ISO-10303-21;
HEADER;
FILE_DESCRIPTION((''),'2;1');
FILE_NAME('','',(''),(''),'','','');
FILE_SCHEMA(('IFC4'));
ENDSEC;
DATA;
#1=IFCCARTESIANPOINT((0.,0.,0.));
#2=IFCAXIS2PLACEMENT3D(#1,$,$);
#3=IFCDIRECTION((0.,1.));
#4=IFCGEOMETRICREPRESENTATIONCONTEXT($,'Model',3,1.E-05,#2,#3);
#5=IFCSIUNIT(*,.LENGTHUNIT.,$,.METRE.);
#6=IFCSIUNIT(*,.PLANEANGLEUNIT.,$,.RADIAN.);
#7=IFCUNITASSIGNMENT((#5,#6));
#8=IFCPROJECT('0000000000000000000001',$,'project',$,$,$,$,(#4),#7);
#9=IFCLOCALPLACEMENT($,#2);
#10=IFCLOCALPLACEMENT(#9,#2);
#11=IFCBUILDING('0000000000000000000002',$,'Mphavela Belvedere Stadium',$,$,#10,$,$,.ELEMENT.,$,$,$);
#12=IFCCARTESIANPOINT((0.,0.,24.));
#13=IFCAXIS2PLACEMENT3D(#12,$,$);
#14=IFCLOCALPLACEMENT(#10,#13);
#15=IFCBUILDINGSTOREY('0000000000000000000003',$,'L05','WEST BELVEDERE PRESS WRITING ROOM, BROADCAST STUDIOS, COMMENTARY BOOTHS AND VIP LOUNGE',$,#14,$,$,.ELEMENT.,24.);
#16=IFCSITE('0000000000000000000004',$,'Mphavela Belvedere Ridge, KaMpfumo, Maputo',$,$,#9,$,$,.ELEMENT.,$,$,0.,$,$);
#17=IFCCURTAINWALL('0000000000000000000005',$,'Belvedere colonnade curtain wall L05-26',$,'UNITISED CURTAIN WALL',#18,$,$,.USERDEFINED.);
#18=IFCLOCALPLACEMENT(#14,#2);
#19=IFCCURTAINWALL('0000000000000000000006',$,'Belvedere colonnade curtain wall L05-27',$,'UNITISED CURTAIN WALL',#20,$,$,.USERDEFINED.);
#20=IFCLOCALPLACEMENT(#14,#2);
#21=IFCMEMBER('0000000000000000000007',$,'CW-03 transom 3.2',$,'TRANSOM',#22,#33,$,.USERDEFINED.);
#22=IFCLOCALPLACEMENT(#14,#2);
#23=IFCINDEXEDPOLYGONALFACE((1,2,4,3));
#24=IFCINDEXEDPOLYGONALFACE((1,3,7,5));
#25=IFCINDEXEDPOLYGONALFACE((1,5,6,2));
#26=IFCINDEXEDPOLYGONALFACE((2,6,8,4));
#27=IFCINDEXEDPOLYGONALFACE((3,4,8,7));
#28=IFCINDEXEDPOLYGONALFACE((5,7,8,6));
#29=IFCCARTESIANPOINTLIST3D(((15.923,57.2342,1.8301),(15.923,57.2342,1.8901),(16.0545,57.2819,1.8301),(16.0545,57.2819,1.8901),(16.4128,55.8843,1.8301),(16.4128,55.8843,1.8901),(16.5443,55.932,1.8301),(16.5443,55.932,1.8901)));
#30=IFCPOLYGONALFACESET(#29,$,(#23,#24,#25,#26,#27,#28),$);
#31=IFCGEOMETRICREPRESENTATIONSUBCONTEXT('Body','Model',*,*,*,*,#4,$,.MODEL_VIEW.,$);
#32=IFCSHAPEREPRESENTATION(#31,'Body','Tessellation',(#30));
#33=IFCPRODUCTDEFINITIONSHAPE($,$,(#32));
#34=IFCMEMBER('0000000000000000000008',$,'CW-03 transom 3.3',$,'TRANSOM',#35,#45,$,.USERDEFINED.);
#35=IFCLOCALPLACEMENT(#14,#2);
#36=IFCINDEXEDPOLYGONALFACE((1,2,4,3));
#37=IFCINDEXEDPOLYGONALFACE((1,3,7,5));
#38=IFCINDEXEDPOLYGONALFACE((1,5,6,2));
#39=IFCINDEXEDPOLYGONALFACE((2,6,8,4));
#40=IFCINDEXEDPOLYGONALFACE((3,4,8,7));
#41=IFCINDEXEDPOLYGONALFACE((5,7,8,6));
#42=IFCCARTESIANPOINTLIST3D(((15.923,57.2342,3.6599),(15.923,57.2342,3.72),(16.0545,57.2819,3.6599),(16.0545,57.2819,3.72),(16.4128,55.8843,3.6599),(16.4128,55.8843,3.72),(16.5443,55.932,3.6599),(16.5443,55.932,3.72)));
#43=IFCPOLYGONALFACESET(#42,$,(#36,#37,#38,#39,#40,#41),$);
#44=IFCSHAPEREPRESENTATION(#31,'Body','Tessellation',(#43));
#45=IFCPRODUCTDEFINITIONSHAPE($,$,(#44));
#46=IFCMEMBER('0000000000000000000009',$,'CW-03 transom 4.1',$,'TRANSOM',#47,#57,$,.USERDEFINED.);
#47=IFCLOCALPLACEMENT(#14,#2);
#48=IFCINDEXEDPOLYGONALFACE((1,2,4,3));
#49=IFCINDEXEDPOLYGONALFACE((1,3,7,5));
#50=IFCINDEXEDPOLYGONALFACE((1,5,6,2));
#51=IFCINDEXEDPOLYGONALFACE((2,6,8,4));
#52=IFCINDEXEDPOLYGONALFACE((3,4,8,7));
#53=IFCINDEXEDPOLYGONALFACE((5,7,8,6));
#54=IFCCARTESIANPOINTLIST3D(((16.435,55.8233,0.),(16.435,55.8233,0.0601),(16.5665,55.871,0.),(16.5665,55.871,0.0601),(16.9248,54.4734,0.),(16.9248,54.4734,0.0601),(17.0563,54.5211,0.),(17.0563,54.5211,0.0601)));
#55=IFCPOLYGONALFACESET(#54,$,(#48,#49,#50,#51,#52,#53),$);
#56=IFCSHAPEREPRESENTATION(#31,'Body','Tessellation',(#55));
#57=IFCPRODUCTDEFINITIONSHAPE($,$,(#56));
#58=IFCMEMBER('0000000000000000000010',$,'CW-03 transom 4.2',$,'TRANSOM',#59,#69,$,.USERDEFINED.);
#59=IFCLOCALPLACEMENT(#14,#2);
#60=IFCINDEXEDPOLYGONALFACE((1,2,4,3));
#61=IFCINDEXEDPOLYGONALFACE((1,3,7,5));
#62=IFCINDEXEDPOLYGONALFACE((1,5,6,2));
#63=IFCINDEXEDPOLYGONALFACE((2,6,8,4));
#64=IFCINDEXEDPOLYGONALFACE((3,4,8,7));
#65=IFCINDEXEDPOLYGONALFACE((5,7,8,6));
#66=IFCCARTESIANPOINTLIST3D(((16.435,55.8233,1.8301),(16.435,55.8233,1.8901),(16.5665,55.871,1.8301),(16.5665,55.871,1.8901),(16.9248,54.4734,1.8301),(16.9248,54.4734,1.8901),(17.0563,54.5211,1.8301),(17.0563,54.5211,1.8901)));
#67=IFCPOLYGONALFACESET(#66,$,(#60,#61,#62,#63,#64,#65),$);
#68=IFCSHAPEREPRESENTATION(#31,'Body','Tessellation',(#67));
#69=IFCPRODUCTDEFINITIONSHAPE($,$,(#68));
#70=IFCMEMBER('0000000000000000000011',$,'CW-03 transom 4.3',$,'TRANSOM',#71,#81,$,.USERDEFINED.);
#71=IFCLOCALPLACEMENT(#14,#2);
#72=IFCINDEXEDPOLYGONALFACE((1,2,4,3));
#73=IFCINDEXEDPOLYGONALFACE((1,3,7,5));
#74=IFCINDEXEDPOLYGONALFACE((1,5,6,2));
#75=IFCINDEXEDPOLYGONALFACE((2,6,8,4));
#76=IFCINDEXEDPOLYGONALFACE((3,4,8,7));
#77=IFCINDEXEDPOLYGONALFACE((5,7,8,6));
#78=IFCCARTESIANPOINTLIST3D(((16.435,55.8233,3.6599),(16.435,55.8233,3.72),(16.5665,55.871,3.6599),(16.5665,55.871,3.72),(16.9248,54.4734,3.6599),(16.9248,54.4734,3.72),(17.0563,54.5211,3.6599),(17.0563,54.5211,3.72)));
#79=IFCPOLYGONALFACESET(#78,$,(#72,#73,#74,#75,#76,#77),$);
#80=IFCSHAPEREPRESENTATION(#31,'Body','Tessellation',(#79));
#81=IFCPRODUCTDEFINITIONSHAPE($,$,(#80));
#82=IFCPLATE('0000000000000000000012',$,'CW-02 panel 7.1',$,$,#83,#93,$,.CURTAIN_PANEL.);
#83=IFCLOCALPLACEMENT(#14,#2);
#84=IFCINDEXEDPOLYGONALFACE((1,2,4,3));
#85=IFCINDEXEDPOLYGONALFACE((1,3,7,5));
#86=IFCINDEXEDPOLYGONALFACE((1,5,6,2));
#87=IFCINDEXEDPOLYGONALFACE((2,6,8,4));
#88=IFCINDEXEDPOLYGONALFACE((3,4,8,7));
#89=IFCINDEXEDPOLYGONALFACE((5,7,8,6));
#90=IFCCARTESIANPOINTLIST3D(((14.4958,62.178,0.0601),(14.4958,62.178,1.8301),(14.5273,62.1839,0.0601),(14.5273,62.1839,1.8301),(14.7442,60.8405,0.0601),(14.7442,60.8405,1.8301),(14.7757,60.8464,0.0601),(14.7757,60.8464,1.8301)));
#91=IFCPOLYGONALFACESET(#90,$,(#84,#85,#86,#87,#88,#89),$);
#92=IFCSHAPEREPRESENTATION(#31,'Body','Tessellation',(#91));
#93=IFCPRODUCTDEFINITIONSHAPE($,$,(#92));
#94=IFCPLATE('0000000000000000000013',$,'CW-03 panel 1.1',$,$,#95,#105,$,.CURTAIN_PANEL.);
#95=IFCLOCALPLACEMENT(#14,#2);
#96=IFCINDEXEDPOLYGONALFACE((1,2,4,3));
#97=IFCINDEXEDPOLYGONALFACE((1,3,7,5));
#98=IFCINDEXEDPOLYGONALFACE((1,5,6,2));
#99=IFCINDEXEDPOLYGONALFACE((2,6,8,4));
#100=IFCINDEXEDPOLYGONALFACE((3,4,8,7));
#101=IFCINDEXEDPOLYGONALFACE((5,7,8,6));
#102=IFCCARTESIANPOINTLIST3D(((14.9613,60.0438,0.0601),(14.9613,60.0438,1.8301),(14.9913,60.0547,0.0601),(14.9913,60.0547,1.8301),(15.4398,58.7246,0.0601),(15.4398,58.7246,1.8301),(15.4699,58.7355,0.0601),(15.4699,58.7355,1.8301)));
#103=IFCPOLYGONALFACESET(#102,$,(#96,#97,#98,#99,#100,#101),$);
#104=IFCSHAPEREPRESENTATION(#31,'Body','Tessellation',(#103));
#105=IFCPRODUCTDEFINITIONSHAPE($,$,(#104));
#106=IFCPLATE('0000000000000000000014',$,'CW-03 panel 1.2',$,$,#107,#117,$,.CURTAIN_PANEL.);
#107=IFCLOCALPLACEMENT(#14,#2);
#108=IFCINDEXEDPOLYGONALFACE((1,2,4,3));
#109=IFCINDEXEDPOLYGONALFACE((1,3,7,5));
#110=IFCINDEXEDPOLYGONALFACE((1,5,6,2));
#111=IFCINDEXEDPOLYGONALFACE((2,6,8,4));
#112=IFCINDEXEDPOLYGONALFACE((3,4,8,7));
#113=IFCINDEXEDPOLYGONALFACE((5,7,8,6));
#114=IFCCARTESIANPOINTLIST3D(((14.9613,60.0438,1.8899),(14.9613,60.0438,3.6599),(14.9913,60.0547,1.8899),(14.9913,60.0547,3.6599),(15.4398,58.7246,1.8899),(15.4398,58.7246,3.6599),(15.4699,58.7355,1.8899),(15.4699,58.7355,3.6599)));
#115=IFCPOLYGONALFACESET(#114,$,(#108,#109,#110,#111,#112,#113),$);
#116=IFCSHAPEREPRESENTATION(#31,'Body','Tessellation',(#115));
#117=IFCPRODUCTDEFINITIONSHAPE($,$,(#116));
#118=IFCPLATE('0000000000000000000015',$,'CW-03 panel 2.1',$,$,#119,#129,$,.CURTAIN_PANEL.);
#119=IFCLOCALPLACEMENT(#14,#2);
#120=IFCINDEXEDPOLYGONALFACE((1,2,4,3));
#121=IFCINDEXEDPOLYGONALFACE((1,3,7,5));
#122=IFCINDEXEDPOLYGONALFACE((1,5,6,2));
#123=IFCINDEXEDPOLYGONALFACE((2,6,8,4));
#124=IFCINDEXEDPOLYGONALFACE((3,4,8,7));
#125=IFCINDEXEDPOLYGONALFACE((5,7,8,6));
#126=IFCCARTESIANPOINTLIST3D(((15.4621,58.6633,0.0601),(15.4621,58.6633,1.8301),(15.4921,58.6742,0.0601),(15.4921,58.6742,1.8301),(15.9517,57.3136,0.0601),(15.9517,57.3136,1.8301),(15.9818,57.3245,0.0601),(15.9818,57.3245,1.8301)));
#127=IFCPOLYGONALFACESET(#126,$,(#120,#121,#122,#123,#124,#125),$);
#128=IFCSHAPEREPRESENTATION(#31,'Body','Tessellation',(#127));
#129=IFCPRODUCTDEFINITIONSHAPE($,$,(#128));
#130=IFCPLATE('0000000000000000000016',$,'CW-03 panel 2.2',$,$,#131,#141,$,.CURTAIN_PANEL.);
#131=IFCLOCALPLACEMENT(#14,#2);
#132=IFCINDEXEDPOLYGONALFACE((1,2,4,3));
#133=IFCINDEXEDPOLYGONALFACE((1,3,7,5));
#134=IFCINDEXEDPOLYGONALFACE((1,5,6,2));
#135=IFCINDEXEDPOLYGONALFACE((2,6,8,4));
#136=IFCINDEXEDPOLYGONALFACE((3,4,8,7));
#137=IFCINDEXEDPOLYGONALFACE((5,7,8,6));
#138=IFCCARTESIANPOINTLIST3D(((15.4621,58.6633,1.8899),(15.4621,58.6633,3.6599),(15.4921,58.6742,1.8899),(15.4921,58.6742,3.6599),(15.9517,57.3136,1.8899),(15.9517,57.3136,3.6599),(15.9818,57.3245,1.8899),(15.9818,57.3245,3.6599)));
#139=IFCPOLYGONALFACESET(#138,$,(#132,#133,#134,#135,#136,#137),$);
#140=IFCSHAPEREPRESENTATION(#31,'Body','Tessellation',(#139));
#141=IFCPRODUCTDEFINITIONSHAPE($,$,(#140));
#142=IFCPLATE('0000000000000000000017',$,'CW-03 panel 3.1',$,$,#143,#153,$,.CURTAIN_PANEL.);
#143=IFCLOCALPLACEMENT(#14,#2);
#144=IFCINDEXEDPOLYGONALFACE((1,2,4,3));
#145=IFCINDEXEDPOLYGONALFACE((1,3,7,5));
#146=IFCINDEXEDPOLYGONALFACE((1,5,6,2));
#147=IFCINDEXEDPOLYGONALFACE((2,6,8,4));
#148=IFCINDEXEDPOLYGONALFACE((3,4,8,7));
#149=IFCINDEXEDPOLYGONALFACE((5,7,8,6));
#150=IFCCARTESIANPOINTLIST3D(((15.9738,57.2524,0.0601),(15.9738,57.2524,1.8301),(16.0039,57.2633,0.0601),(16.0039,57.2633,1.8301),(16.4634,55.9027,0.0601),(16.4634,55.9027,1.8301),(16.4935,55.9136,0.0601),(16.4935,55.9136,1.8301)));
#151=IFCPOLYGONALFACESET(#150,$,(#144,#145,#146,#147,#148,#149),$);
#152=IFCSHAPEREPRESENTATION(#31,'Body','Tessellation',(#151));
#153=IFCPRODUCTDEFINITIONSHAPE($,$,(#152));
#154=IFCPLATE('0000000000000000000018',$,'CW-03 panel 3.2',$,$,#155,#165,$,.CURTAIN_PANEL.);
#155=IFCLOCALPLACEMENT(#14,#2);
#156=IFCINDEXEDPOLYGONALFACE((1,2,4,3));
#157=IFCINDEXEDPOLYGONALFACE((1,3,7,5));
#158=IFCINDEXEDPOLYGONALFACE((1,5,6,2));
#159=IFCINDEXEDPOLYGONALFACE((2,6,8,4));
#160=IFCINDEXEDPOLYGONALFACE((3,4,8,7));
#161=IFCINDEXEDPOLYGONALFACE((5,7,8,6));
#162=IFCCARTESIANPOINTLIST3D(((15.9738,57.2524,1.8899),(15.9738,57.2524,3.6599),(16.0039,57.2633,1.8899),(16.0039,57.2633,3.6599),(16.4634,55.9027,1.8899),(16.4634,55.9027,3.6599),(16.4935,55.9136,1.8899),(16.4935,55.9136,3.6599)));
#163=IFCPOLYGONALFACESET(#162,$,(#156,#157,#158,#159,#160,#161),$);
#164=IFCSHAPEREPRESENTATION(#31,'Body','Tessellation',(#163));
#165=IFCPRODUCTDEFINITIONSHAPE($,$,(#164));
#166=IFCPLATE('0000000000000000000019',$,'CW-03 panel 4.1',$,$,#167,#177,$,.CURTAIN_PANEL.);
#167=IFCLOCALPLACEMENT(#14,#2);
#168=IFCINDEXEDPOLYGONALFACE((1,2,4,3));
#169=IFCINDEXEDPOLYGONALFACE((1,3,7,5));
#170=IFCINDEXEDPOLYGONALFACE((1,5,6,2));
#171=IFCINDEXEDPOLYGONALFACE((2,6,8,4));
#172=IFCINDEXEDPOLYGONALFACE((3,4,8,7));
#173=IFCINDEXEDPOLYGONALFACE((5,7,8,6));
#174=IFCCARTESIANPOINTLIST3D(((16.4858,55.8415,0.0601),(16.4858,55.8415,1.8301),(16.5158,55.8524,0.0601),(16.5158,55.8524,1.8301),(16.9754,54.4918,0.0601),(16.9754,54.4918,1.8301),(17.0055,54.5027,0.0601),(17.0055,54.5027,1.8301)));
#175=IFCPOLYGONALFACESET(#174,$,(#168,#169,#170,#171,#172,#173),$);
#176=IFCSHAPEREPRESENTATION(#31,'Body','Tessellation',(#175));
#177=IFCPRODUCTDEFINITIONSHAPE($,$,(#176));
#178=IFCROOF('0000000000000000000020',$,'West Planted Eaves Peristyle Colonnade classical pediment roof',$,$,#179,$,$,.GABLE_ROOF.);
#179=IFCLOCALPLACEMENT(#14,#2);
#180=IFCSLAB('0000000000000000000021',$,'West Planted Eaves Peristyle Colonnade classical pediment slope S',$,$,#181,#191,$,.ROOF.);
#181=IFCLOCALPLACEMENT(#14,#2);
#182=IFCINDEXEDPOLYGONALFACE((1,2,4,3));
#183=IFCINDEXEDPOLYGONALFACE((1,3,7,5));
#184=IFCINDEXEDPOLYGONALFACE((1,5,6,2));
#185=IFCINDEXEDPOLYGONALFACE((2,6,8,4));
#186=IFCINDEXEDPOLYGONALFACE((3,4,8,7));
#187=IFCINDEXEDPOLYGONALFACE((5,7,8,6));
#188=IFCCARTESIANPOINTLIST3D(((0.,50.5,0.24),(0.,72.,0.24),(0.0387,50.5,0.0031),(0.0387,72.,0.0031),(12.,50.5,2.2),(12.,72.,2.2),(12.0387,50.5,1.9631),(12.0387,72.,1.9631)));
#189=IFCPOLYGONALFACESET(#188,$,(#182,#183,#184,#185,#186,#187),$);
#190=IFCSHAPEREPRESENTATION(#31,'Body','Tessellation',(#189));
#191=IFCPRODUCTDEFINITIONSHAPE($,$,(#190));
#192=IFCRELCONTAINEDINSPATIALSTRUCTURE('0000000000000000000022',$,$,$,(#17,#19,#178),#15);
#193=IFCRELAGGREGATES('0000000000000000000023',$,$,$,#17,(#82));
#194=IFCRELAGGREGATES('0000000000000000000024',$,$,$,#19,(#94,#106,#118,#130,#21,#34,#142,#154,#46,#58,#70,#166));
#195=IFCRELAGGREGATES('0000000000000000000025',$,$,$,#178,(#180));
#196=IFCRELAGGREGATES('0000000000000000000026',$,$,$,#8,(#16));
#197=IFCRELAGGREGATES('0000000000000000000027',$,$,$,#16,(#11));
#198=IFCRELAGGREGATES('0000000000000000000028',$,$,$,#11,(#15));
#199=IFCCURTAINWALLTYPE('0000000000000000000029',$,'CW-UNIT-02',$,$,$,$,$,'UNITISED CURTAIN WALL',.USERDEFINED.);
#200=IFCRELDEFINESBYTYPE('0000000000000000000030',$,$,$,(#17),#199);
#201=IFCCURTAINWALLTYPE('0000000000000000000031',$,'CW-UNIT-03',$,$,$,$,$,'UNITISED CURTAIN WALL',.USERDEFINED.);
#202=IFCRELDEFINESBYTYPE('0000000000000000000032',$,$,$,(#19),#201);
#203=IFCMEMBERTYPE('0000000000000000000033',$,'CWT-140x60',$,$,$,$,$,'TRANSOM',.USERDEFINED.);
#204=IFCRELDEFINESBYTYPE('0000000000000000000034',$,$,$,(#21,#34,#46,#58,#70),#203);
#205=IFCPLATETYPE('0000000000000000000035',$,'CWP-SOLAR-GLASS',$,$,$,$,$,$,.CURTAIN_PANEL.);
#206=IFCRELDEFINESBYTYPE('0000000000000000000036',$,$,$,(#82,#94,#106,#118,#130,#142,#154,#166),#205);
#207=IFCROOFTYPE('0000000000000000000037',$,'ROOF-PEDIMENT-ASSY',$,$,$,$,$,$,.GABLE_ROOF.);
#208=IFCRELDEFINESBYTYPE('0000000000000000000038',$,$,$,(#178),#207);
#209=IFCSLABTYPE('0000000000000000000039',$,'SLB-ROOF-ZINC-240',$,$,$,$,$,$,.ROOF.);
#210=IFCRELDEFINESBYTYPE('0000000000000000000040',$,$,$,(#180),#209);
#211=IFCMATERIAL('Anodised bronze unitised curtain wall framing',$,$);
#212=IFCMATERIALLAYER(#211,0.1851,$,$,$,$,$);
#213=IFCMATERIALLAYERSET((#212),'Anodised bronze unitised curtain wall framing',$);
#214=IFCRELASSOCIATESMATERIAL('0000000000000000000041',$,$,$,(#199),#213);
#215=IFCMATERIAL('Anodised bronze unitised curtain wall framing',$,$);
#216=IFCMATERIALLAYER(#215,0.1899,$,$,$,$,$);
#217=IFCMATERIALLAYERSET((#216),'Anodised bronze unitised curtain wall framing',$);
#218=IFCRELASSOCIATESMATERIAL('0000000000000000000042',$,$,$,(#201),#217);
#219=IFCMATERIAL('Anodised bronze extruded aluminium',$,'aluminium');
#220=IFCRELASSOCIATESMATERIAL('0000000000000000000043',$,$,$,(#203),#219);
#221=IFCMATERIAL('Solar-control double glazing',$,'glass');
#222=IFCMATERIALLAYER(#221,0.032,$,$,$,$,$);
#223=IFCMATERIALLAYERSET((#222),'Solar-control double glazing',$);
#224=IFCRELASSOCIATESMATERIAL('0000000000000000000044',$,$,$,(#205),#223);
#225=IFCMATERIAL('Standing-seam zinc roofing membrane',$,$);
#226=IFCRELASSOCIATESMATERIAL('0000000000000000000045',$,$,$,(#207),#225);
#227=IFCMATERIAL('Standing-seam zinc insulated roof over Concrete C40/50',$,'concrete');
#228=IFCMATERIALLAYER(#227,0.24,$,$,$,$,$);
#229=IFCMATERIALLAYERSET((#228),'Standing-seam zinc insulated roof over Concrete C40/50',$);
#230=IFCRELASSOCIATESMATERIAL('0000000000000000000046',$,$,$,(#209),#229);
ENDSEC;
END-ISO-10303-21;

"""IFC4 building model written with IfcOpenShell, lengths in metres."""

from ifc_helpers import new_model, si_unit, direction, frame, origin, origin_2d, place, context, subcontext, project, spatial, polyline, rectangle, outline, extrude, material, layer, layer_set, material_profile, profile_set, type_object, element, aggregate, save


model = new_model("IFC4")

# Units and contexts
model_context = context("Model", 3, precision=1e-05, world=origin(), true_north=direction((0.0, 1.0)))
body_context = subcontext(model_context, "Body", "Model", "MODEL_VIEW")
ifc_project = project(units=[si_unit("LENGTHUNIT", "METRE"), si_unit("PLANEANGLEUNIT", "RADIAN")], contexts=[model_context])

# Site, building, storey
site_placement = place(None, origin())
site = spatial("IfcSite", under=ifc_project, at=site_placement, Name="Mphavela Belvedere Ridge, KaMpfumo, Maputo", CompositionType="ELEMENT", RefElevation=0.0)
building_placement = place(site_placement, origin())
building = spatial("IfcBuilding", under=site, at=building_placement, Name="Mphavela Belvedere Stadium", CompositionType="ELEMENT")
storey_placement = place(building_placement, frame((0.0, 0.0, 24.0)))
storey = spatial("IfcBuildingStorey", under=building, at=storey_placement, Name="L05", Description="WEST BELVEDERE PRESS WRITING ROOM, BROADCAST STUDIOS, COMMENTARY BOOTHS AND VIP LOUNGE", CompositionType="ELEMENT", Elevation=24.0)

# Curtain wall
ifc_material_1 = material(Name="Anodised bronze unitised curtain wall framing")
ifc_layer_1 = layer(ifc_material_1, 0.1851)
ifc_layer_set_1 = layer_set([ifc_layer_1], Name="Anodised bronze unitised curtain wall framing")
curtain_wall_type_1 = type_object("IfcCurtainWallType", Name="CW-UNIT-02", ElementType="UNITISED CURTAIN WALL", PredefinedType="USERDEFINED", material=ifc_layer_set_1)
curtain_wall_1_placement = place(storey_placement, origin())
curtain_wall_1 = element("IfcCurtainWall", 1, at=curtain_wall_1_placement, inside=storey, type_object=curtain_wall_type_1, Name="Belvedere colonnade curtain wall L05-26", ObjectType="UNITISED CURTAIN WALL", PredefinedType="USERDEFINED")

# Curtain wall, members
ifc_material_2 = material(Name="Anodised bronze unitised curtain wall framing")
ifc_layer_2 = layer(ifc_material_2, 0.1899)
ifc_layer_set_2 = layer_set([ifc_layer_2], Name="Anodised bronze unitised curtain wall framing")
curtain_wall_type_2 = type_object("IfcCurtainWallType", Name="CW-UNIT-03", ElementType="UNITISED CURTAIN WALL", PredefinedType="USERDEFINED", material=ifc_layer_set_2)
curtain_wall_2_placement = place(storey_placement, origin())
curtain_wall_2 = element("IfcCurtainWall", 2, at=curtain_wall_2_placement, inside=storey, type_object=curtain_wall_type_2, Name="Belvedere colonnade curtain wall L05-27", ObjectType="UNITISED CURTAIN WALL", PredefinedType="USERDEFINED")
ifc_material_3 = material(Name="Anodised bronze extruded aluminium", Category="aluminium")
ifc_material_profile_1 = material_profile(ifc_material_3, rectangle(XDim=0.1399, YDim=0.0601, at=origin_2d()), Name="CW-TRN 140x60")
ifc_profile_set_1 = profile_set([ifc_material_profile_1], Name="Anodised bronze extruded aluminium")
member_type_1 = type_object("IfcMemberType", Name="CWT-140x60", ElementType="TRANSOM", PredefinedType="USERDEFINED", material=ifc_profile_set_1)
member_1_placement = place(storey_placement, frame((15.9888, 57.2581, 1.8601), z_axis=(0.34106, -0.940041, 0.0), x_axis=(0.940041, 0.34106, 0.0)))
member_1 = element("IfcMember", 3, at=member_1_placement, type_object=member_type_1, Name="CW-03 transom 3.2", ObjectType="TRANSOM", PredefinedType="USERDEFINED", context=body_context, shape_type="SweptSolid", body=[
    extrude(rectangle(XDim=0.1399, YDim=0.0601, at=origin_2d()), origin(), (0.0, 0.0, 1.0), 1.436),
])
member_2_placement = place(storey_placement, frame((15.9888, 57.2581, 3.6899), z_axis=(0.34106, -0.940041, 0.0), x_axis=(0.940041, 0.34106, 0.0)))
member_2 = element("IfcMember", 4, at=member_2_placement, type_object=member_type_1, Name="CW-03 transom 3.3", ObjectType="TRANSOM", PredefinedType="USERDEFINED", context=body_context, shape_type="SweptSolid", body=[
    extrude(rectangle(XDim=0.1399, YDim=0.0601, at=origin_2d()), origin(), (0.0, 0.0, 1.0), 1.436),
])
member_3_placement = place(storey_placement, frame((16.5007, 55.8472, 0.03), z_axis=(0.34106, -0.940041, 0.0), x_axis=(0.940041, 0.34106, 0.0)))
member_3 = element("IfcMember", 5, at=member_3_placement, type_object=member_type_1, Name="CW-03 transom 4.1", ObjectType="TRANSOM", PredefinedType="USERDEFINED", context=body_context, shape_type="SweptSolid", body=[
    extrude(rectangle(XDim=0.1399, YDim=0.0601, at=origin_2d()), origin(), (0.0, 0.0, 1.0), 1.436),
])
member_4_placement = place(storey_placement, frame((16.5007, 55.8472, 1.8601), z_axis=(0.34106, -0.940041, 0.0), x_axis=(0.940041, 0.34106, 0.0)))
member_4 = element("IfcMember", 6, at=member_4_placement, type_object=member_type_1, Name="CW-03 transom 4.2", ObjectType="TRANSOM", PredefinedType="USERDEFINED", context=body_context, shape_type="SweptSolid", body=[
    extrude(rectangle(XDim=0.1399, YDim=0.0601, at=origin_2d()), origin(), (0.0, 0.0, 1.0), 1.436),
])
member_5_placement = place(storey_placement, frame((16.5007, 55.8472, 3.6899), z_axis=(0.34106, -0.940041, 0.0), x_axis=(0.940041, 0.34106, 0.0)))
member_5 = element("IfcMember", 7, at=member_5_placement, type_object=member_type_1, Name="CW-03 transom 4.3", ObjectType="TRANSOM", PredefinedType="USERDEFINED", context=body_context, shape_type="SweptSolid", body=[
    extrude(rectangle(XDim=0.1399, YDim=0.0601, at=origin_2d()), origin(), (0.0, 0.0, 1.0), 1.436),
])

# Plates
ifc_material_4 = material(Name="Solar-control double glazing", Category="glass")
ifc_layer_3 = layer(ifc_material_4, 0.032)
ifc_layer_set_3 = layer_set([ifc_layer_3], Name="Solar-control double glazing")
plate_type = type_object("IfcPlateType", Name="CWP-SOLAR-GLASS", PredefinedType="CURTAIN_PANEL", material=ifc_layer_set_3)
plate_1_placement = place(storey_placement, frame((14.6357, 61.5122, 0.0601), z_axis=(0.0, 0.0, 1.0), x_axis=(0.182618, -0.983184, 0.0)))
plate_1 = element("IfcPlate", 8, at=plate_1_placement, type_object=plate_type, Name="CW-02 panel 7.1", PredefinedType="CURTAIN_PANEL", context=body_context, shape_type="SweptSolid", body=[
    extrude(rectangle(XDim=1.3604, YDim=0.032, at=origin_2d()), origin(), (0.0, 0.0, 1.0), 1.77),
])
aggregate(curtain_wall_1, [plate_1])
plate_2_placement = place(storey_placement, frame((15.2156, 59.3896, 0.0601), z_axis=(0.0, 0.0, 1.0), x_axis=(0.341027, -0.940053, 0.0)))
plate_2 = element("IfcPlate", 9, at=plate_2_placement, type_object=plate_type, Name="CW-03 panel 1.1", PredefinedType="CURTAIN_PANEL", context=body_context, shape_type="SweptSolid", body=[
    extrude(rectangle(XDim=1.4033, YDim=0.032, at=origin_2d()), origin(), (0.0, 0.0, 1.0), 1.77),
])
plate_3_placement = place(storey_placement, frame((15.2156, 59.3896, 1.8899), z_axis=(0.0, 0.0, 1.0), x_axis=(0.341027, -0.940053, 0.0)))
plate_3 = element("IfcPlate", 10, at=plate_3_placement, type_object=plate_type, Name="CW-03 panel 1.2", PredefinedType="CURTAIN_PANEL", context=body_context, shape_type="SweptSolid", body=[
    extrude(rectangle(XDim=1.4033, YDim=0.032, at=origin_2d()), origin(), (0.0, 0.0, 1.0), 1.77),
])
plate_4_placement = place(storey_placement, frame((15.7219, 57.9939, 0.0601), z_axis=(0.0, 0.0, 1.0), x_axis=(0.341027, -0.940053, 0.0)))
plate_4 = element("IfcPlate", 11, at=plate_4_placement, type_object=plate_type, Name="CW-03 panel 2.1", PredefinedType="CURTAIN_PANEL", context=body_context, shape_type="SweptSolid", body=[
    extrude(rectangle(XDim=1.4358, YDim=0.032, at=origin_2d()), origin(), (0.0, 0.0, 1.0), 1.77),
])
plate_5_placement = place(storey_placement, frame((15.7219, 57.9939, 1.8899), z_axis=(0.0, 0.0, 1.0), x_axis=(0.341027, -0.940053, 0.0)))
plate_5 = element("IfcPlate", 12, at=plate_5_placement, type_object=plate_type, Name="CW-03 panel 2.2", PredefinedType="CURTAIN_PANEL", context=body_context, shape_type="SweptSolid", body=[
    extrude(rectangle(XDim=1.4358, YDim=0.032, at=origin_2d()), origin(), (0.0, 0.0, 1.0), 1.77),
])
plate_6_placement = place(storey_placement, frame((16.2336, 56.583, 0.0601), z_axis=(0.0, 0.0, 1.0), x_axis=(0.341027, -0.940053, 0.0)))
plate_6 = element("IfcPlate", 13, at=plate_6_placement, type_object=plate_type, Name="CW-03 panel 3.1", PredefinedType="CURTAIN_PANEL", context=body_context, shape_type="SweptSolid", body=[
    extrude(rectangle(XDim=1.4358, YDim=0.032, at=origin_2d()), origin(), (0.0, 0.0, 1.0), 1.77),
])
plate_7_placement = place(storey_placement, frame((16.2336, 56.583, 1.8899), z_axis=(0.0, 0.0, 1.0), x_axis=(0.341027, -0.940053, 0.0)))
plate_7 = element("IfcPlate", 14, at=plate_7_placement, type_object=plate_type, Name="CW-03 panel 3.2", PredefinedType="CURTAIN_PANEL", context=body_context, shape_type="SweptSolid", body=[
    extrude(rectangle(XDim=1.4358, YDim=0.032, at=origin_2d()), origin(), (0.0, 0.0, 1.0), 1.77),
])
plate_8_placement = place(storey_placement, frame((16.7456, 55.1721, 0.0601), z_axis=(0.0, 0.0, 1.0), x_axis=(0.341027, -0.940053, 0.0)))
plate_8 = element("IfcPlate", 15, at=plate_8_placement, type_object=plate_type, Name="CW-03 panel 4.1", PredefinedType="CURTAIN_PANEL", context=body_context, shape_type="SweptSolid", body=[
    extrude(rectangle(XDim=1.4358, YDim=0.032, at=origin_2d()), origin(), (0.0, 0.0, 1.0), 1.77),
])
aggregate(curtain_wall_2, [plate_2, plate_3, plate_4, plate_5, member_1, member_2, plate_6, plate_7, member_3, member_4, member_5, plate_8])

# Roof, slab
ifc_material_5 = material(Name="Standing-seam zinc roofing membrane")
roof_type = type_object("IfcRoofType", Name="ROOF-PEDIMENT-ASSY", PredefinedType="GABLE_ROOF", material=ifc_material_5)
roof_placement = place(storey_placement, origin())
roof = element("IfcRoof", 16, at=roof_placement, inside=storey, type_object=roof_type, Name="West Planted Eaves Peristyle Colonnade classical pediment roof", PredefinedType="GABLE_ROOF")
ifc_material_6 = material(Name="Standing-seam zinc insulated roof over Concrete C40/50", Category="concrete")
ifc_layer_4 = layer(ifc_material_6, 0.24)
ifc_layer_set_4 = layer_set([ifc_layer_4], Name="Standing-seam zinc insulated roof over Concrete C40/50")
slab_type = type_object("IfcSlabType", Name="SLB-ROOF-ZINC-240", PredefinedType="ROOF", material=ifc_layer_set_4)
slab_placement = place(storey_placement, frame((0.0, 50.5, 0.24), z_axis=(-0.161194, 0.0, 0.986923), x_axis=(0.986923, 0.0, 0.161194)))
slab = element("IfcSlab", 17, at=slab_placement, type_object=slab_type, Name="West Planted Eaves Peristyle Colonnade classical pediment slope S", PredefinedType="ROOF", context=body_context, shape_type="SweptSolid", body=[
    extrude(outline(polyline([(0.0, 0.0), (12.159, 0.0), (12.159, 21.5), (0.0, 21.5), (0.0, 0.0)])), origin(), (0.0, 0.0, -1.0), 0.24),
])
aggregate(roof, [slab])

save(model, "model.ifc")
